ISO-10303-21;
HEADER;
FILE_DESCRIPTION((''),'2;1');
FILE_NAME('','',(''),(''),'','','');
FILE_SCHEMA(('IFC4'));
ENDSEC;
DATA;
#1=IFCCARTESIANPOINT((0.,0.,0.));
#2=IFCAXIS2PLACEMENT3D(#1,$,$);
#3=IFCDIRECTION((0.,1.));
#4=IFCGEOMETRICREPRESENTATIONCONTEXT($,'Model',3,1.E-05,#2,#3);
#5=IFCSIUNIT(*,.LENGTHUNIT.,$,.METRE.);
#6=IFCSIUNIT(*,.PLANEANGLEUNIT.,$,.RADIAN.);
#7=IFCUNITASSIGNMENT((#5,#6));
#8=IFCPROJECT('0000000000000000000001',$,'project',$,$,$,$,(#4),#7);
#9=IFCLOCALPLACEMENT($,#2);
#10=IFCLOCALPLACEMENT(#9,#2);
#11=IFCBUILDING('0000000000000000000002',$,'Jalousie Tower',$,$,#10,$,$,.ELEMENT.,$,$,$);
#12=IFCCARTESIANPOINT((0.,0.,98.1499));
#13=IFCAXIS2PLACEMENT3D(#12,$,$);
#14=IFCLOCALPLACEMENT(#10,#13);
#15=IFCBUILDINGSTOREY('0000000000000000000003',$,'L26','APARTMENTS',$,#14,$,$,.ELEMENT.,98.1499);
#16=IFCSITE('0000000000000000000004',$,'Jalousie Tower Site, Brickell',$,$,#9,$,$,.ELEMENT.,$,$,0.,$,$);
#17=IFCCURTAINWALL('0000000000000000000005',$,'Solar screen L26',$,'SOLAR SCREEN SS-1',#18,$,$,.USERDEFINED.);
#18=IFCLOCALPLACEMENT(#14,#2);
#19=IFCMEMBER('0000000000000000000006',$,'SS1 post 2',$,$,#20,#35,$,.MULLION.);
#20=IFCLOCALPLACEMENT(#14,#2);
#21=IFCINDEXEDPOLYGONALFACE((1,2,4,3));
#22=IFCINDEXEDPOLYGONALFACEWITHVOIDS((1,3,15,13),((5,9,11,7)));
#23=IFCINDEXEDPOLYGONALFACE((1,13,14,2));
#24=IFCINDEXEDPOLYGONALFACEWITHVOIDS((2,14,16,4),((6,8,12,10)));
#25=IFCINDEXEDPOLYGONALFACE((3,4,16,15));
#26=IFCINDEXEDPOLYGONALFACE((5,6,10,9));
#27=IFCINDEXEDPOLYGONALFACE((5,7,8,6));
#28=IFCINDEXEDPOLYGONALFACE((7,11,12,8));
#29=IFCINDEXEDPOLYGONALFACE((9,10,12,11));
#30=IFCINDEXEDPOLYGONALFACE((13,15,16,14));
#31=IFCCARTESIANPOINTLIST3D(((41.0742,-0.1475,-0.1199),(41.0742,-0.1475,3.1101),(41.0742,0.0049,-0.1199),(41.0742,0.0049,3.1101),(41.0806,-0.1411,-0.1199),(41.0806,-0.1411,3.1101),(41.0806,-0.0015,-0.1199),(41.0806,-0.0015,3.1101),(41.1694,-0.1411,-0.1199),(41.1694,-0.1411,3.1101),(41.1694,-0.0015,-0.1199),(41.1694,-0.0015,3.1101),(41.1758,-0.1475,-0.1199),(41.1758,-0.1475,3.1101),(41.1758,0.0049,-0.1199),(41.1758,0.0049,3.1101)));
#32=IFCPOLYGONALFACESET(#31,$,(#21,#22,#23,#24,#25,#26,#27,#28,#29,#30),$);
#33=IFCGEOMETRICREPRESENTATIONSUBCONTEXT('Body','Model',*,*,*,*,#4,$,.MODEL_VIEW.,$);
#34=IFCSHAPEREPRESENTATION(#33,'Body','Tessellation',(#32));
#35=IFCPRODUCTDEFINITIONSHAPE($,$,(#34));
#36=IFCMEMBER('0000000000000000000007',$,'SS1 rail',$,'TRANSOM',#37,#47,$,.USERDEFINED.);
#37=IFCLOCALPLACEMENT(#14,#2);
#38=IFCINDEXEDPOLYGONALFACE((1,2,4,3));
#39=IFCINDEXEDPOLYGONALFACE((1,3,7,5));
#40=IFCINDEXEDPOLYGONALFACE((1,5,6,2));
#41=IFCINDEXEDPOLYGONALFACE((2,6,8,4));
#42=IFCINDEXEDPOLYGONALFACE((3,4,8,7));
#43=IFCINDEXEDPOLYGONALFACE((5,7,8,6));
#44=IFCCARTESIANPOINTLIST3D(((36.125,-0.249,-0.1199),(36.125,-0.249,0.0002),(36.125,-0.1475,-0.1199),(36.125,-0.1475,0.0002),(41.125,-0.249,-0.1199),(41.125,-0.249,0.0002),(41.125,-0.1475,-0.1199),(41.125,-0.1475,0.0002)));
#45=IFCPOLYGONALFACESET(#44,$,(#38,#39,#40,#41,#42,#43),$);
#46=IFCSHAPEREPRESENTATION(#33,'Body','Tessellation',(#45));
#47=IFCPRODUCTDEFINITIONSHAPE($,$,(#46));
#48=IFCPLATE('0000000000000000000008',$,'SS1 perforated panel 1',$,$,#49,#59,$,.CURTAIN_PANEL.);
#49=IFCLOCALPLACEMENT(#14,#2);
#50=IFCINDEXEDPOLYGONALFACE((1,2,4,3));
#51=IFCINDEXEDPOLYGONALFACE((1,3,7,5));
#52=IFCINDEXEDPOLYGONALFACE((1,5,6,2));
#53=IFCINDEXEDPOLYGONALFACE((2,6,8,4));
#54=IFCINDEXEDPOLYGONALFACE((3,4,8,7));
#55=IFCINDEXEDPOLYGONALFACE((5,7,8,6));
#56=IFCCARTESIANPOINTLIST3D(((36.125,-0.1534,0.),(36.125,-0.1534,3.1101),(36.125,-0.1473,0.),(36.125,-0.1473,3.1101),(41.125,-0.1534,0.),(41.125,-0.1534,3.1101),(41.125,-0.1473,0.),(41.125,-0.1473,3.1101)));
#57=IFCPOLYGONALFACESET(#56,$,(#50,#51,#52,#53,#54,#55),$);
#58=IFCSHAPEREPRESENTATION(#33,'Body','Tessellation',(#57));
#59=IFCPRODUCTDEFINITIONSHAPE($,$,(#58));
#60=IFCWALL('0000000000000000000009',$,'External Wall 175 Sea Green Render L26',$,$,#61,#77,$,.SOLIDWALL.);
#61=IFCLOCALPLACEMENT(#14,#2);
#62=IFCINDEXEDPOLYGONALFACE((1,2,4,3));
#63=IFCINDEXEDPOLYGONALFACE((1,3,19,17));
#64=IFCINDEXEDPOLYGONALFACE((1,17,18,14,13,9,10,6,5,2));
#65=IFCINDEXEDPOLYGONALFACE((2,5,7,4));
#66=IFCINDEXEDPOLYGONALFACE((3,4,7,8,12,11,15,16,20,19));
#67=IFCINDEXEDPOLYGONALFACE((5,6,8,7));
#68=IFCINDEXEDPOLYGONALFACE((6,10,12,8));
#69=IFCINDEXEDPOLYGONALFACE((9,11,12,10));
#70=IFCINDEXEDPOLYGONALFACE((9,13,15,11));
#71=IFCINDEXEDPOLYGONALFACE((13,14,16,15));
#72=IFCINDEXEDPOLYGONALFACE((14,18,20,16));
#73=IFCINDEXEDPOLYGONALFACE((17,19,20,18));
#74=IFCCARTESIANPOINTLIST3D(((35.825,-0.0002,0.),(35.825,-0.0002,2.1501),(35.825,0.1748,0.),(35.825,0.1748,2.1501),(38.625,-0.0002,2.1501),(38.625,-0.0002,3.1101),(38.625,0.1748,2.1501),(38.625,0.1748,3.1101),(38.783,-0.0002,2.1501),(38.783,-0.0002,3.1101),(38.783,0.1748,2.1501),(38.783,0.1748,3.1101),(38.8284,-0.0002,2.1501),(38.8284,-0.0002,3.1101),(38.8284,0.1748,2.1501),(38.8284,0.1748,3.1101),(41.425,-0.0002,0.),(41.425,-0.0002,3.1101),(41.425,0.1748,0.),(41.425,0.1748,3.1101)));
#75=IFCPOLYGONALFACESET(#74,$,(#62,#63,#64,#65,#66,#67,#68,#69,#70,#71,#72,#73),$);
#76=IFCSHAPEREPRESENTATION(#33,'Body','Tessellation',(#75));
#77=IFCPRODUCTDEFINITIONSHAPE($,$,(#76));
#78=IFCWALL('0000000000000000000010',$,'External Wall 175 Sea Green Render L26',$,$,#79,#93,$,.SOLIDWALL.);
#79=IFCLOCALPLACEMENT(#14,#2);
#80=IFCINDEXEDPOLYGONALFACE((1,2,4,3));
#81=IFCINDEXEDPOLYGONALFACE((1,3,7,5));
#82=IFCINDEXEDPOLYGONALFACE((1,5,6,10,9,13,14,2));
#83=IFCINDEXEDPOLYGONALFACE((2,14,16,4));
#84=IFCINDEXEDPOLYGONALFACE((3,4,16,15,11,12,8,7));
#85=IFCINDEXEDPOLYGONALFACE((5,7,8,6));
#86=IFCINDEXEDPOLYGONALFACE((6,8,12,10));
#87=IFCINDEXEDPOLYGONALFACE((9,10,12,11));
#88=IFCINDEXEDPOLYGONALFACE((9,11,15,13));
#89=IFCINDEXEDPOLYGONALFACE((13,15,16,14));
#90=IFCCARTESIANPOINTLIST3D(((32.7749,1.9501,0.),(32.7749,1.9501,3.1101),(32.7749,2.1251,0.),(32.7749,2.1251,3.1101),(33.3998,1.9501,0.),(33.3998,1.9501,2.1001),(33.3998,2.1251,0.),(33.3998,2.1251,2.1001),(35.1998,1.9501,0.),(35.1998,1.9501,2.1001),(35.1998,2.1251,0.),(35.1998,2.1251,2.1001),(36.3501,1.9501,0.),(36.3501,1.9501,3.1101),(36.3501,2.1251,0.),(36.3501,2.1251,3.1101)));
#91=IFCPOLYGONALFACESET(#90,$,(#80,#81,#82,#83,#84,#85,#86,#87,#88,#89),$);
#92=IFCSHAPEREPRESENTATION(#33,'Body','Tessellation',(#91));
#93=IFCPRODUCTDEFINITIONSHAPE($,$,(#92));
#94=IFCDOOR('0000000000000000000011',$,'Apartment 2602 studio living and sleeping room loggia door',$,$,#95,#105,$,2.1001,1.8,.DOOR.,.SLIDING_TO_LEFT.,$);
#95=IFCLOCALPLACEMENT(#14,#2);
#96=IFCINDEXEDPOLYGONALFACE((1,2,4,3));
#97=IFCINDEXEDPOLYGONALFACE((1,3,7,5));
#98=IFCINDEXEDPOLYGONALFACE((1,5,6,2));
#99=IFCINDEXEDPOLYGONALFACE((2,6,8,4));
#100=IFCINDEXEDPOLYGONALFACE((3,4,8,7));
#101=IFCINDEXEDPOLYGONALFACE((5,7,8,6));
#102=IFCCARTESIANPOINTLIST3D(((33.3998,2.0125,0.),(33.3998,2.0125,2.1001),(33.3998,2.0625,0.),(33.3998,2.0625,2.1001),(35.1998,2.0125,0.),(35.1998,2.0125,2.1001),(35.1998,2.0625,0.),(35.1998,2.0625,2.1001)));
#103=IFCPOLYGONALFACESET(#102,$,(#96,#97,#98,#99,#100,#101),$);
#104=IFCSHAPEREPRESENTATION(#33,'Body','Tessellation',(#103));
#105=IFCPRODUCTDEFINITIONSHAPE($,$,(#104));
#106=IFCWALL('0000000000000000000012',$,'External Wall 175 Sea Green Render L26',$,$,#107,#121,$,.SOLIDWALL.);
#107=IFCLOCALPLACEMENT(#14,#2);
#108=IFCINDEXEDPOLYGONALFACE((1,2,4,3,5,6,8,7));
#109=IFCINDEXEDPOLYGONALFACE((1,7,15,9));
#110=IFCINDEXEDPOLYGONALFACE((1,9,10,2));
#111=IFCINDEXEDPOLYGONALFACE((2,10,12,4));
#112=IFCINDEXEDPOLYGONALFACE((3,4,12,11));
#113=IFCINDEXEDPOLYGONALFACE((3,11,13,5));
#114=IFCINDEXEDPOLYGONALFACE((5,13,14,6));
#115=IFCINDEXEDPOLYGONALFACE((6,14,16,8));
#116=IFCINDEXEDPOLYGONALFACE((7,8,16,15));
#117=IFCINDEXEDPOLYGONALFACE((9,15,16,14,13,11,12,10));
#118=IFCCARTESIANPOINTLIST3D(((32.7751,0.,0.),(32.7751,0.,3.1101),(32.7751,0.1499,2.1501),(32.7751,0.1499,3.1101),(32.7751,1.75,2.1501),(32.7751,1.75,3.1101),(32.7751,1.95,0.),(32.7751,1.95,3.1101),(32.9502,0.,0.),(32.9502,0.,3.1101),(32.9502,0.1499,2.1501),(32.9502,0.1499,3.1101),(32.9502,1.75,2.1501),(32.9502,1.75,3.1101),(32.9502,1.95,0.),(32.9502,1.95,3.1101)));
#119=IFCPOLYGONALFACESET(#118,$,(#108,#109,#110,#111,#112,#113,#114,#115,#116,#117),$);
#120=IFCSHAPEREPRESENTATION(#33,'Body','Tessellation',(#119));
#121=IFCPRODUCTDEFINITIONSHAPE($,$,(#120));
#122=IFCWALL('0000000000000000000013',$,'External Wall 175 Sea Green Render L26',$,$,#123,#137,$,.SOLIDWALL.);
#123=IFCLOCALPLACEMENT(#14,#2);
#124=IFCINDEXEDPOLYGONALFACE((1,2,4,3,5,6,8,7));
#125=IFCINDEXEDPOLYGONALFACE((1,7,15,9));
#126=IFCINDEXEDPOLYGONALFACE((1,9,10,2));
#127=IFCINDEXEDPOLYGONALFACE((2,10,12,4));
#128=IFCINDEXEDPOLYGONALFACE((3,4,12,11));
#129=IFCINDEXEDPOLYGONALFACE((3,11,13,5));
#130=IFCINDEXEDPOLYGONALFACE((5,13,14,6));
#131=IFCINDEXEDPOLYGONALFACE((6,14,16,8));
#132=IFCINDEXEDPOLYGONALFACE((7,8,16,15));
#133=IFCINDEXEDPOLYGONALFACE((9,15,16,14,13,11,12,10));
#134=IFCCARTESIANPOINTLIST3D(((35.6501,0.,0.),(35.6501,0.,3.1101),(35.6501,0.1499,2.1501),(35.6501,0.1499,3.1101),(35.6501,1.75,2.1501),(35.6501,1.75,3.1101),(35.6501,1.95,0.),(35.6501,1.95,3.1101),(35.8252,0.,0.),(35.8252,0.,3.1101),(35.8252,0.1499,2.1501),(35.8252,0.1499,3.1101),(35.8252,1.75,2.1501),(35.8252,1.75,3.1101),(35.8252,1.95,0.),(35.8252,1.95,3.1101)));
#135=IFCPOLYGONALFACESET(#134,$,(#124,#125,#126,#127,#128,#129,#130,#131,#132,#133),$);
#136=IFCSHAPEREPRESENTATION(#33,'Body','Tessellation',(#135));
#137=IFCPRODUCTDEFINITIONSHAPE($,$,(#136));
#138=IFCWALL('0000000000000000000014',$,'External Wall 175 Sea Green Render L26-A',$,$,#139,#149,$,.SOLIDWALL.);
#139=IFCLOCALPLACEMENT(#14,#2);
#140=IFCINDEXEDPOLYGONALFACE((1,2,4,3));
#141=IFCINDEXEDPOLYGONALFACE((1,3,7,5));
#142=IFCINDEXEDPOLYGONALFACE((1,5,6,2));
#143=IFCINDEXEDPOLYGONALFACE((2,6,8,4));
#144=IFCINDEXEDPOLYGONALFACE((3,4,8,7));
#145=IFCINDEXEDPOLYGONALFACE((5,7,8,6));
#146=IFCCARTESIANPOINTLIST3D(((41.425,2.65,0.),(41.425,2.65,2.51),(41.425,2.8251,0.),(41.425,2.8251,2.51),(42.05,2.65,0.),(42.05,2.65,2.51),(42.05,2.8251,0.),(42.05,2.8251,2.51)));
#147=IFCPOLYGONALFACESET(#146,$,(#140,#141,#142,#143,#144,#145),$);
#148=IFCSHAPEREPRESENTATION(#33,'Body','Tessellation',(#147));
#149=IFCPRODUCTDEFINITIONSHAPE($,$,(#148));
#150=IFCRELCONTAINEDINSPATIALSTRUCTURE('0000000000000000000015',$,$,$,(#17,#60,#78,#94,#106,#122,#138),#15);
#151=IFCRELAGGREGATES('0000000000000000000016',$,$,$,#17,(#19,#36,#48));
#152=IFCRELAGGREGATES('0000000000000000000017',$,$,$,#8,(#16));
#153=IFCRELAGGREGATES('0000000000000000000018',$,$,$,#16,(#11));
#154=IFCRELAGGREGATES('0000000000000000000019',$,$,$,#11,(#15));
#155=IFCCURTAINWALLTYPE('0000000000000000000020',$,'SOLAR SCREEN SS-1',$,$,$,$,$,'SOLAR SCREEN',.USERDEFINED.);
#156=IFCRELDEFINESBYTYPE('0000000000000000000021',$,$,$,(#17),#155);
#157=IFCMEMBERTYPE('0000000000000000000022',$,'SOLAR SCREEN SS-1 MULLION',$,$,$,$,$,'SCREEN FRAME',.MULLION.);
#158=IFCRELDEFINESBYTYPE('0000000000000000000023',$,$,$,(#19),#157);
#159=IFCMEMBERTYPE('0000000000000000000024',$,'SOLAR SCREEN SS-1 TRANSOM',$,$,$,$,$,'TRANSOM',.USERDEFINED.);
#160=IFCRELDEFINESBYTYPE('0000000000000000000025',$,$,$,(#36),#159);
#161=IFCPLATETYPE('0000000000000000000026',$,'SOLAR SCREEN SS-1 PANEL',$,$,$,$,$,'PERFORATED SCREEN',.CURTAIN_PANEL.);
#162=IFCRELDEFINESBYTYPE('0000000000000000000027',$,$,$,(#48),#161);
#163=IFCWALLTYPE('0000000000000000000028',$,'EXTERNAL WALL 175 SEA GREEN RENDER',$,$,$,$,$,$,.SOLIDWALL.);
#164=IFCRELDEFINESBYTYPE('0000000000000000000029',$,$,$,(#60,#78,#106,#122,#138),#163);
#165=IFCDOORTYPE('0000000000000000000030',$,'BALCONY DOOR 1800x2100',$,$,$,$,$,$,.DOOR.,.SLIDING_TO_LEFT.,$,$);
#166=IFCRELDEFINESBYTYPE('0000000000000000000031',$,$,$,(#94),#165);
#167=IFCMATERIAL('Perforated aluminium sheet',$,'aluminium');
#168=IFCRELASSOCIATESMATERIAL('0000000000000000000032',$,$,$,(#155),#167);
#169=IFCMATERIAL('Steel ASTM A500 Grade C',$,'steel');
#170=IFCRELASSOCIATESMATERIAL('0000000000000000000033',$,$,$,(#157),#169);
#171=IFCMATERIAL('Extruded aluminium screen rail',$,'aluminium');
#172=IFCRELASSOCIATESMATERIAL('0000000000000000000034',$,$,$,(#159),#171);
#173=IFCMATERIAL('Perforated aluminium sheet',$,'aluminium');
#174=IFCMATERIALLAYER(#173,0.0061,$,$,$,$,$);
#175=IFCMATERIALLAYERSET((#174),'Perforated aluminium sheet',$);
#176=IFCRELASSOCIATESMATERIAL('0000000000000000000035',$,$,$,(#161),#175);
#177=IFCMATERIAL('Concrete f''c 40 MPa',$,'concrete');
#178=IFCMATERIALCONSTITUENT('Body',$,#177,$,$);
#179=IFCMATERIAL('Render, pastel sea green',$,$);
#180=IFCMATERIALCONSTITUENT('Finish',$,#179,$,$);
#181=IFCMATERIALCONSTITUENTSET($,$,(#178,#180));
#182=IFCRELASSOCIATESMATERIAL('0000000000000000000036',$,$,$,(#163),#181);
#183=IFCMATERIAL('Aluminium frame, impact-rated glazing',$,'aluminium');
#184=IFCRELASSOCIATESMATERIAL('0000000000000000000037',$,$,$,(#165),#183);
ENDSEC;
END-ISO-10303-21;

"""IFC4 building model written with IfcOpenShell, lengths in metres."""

from ifc_helpers import new_model, si_unit, direction, frame, frame_2d, origin, origin_2d, place, context, subcontext, project, spatial, polyline, rectangle, hollow_rectangle, outline, extrude, material, layer, layer_set, constituent, constituent_set, material_profile, profile_set, type_object, element, fill, aggregate, save


model = new_model("IFC4")

# Units and contexts
model_context = context("Model", 3, precision=1e-05, world=origin(), true_north=direction((0.0, 1.0)))
body_context = subcontext(model_context, "Body", "Model", "MODEL_VIEW")
ifc_project = project(units=[si_unit("LENGTHUNIT", "METRE"), si_unit("PLANEANGLEUNIT", "RADIAN")], contexts=[model_context])

# Site, building, storey
site_placement = place(None, origin())
site = spatial("IfcSite", under=ifc_project, at=site_placement, Name="Jalousie Tower Site, Brickell", CompositionType="ELEMENT", RefElevation=0.0)
building_placement = place(site_placement, origin())
building = spatial("IfcBuilding", under=site, at=building_placement, Name="Jalousie Tower", CompositionType="ELEMENT")
storey_placement = place(building_placement, frame((0.0, 0.0, 98.1499)))
storey = spatial("IfcBuildingStorey", under=building, at=storey_placement, Name="L26", Description="APARTMENTS", CompositionType="ELEMENT", Elevation=98.1499)

# Shared definitions
ifc_material_1 = material(Name="Perforated aluminium sheet", Category="aluminium")
curtain_wall_type = type_object("IfcCurtainWallType", Name="SOLAR SCREEN SS-1", ElementType="SOLAR SCREEN", PredefinedType="USERDEFINED", material=ifc_material_1)
ifc_material_2 = material(Name="Steel ASTM A500 Grade C", Category="steel")
ifc_material_profile_1 = material_profile(ifc_material_2, hollow_rectangle(XDim=0.1016, YDim=0.1523, WallThickness=0.0063, at=origin_2d()), Name="HSS6X4X1/4")
ifc_profile_set_1 = profile_set([ifc_material_profile_1], Name="Steel ASTM A500 Grade C")
member_type_1 = type_object("IfcMemberType", Name="SOLAR SCREEN SS-1 MULLION", ElementType="SCREEN FRAME", PredefinedType="MULLION", material=ifc_profile_set_1)

# Curtain wall, members, plate
curtain_wall_1_placement = place(storey_placement, origin())
curtain_wall_1 = element("IfcCurtainWall", 1, at=curtain_wall_1_placement, inside=storey, type_object=curtain_wall_type, Name="Solar screen L26", ObjectType="SOLAR SCREEN SS-1", PredefinedType="USERDEFINED")
member_1_placement = place(storey_placement, frame((41.125, -0.0713, -0.1199), z_axis=(0.0, 0.0, 1.0), x_axis=(1.0, 0.0, 0.0)))
member_1 = element("IfcMember", 2, at=member_1_placement, type_object=member_type_1, Name="SS1 post 2", PredefinedType="MULLION", context=body_context, shape_type="SweptSolid", body=[
    extrude(hollow_rectangle(XDim=0.1016, YDim=0.1523, WallThickness=0.0063, at=origin_2d()), origin(), (0.0, 0.0, 1.0), 3.23),
])
ifc_material_3 = material(Name="Extruded aluminium screen rail", Category="aluminium")
ifc_material_profile_2 = material_profile(ifc_material_3, rectangle(XDim=0.1016, YDim=0.1201, at=origin_2d()), Name="RAIL 102x120")
ifc_profile_set_2 = profile_set([ifc_material_profile_2], Name="Extruded aluminium screen rail")
member_type_2 = type_object("IfcMemberType", Name="SOLAR SCREEN SS-1 TRANSOM", ElementType="TRANSOM", PredefinedType="USERDEFINED", material=ifc_profile_set_2)
member_2_placement = place(storey_placement, frame((36.125, -0.1982, -0.0598), z_axis=(1.0, 0.0, 0.0), x_axis=(0.0, 1.0, 0.0)))
member_2 = element("IfcMember", 3, at=member_2_placement, type_object=member_type_2, Name="SS1 rail", ObjectType="TRANSOM", PredefinedType="USERDEFINED", context=body_context, shape_type="SweptSolid", body=[
    extrude(rectangle(XDim=0.1016, YDim=0.1201, at=origin_2d()), origin(), (0.0, 0.0, 1.0), 5.0),
])
ifc_material_4 = material(Name="Perforated aluminium sheet", Category="aluminium")
ifc_layer_1 = layer(ifc_material_4, 0.0061)
ifc_layer_set_1 = layer_set([ifc_layer_1], Name="Perforated aluminium sheet")
plate_type = type_object("IfcPlateType", Name="SOLAR SCREEN SS-1 PANEL", ElementType="PERFORATED SCREEN", PredefinedType="CURTAIN_PANEL", material=ifc_layer_set_1)
plate_placement = place(storey_placement, frame((38.625, -0.1504, 0.0), z_axis=(0.0, 0.0, 1.0), x_axis=(1.0, 0.0, 0.0)))
plate = element("IfcPlate", 4, at=plate_placement, type_object=plate_type, Name="SS1 perforated panel 1", PredefinedType="CURTAIN_PANEL", context=body_context, shape_type="SweptSolid", body=[
    extrude(rectangle(XDim=5.0, YDim=0.0061, at=origin_2d()), origin(), (0.0, 0.0, 1.0), 3.1101),
])
aggregate(curtain_wall_1, [member_1, member_2, plate])

# Wall
ifc_material_5 = material(Name="Concrete f'c 40 MPa", Category="concrete")
ifc_constituent_1 = constituent(ifc_material_5, Name="Body")
ifc_material_6 = material(Name="Render, pastel sea green")
ifc_constituent_2 = constituent(ifc_material_6, Name="Finish")
ifc_constituent_set_1 = constituent_set(constituents=[ifc_constituent_1, ifc_constituent_2])
wall_type_1 = type_object("IfcWallType", Name="EXTERNAL WALL 175 SEA GREEN RENDER", PredefinedType="SOLIDWALL", material=ifc_constituent_set_1)
wall_1_placement = place(storey_placement, frame((35.825, 0.0874, 0.0), z_axis=(0.0, 0.0, 1.0), x_axis=(1.0, 0.0, 0.0)))
element("IfcWall", 5, at=wall_1_placement, inside=storey, type_object=wall_type_1, Name="External Wall 175 Sea Green Render L26", PredefinedType="SOLIDWALL", context=body_context, shape_type="SweptSolid", body=[
    extrude(outline(polyline([(0.0, 0.0), (5.6001, 0.0), (5.6001, 3.1101), (3.0034, 3.1101), (3.0034, 2.1501), (2.958, 2.1501), (2.958, 3.1101), (2.8, 3.1101), (2.8, 2.1501), (0.0, 2.1501), (0.0, 0.0)])), frame((0.0, 0.0874, 0.0), z_axis=(0.0, -1.0, 0.0), x_axis=(1.0, 0.0, 0.0)), (0.0, 0.0, 1.0), 0.175),
])

# Wall, opening, door
wall_2_placement = place(storey_placement, frame((32.7749, 2.0376, 0.0), z_axis=(0.0, 0.0, 1.0), x_axis=(1.0, 0.0, 0.0)))
wall_2 = element("IfcWall", 6, at=wall_2_placement, inside=storey, type_object=wall_type_1, Name="External Wall 175 Sea Green Render L26", PredefinedType="SOLIDWALL", context=body_context, shape_type="SweptSolid", body=[
    extrude(rectangle(XDim=3.5752, YDim=0.175, at=frame_2d((1.7876, 0.0))), origin(), (0.0, 0.0, 1.0), 3.1101),
])
opening_1_placement = place(wall_2_placement, frame((0.625, 0.0, 0.0)))
opening_1 = element("IfcOpeningElement", 7, at=opening_1_placement, cuts=wall_2, PredefinedType="OPENING", context=body_context, shape_type="SweptSolid", body=[
    extrude(rectangle(XDim=1.8, YDim=2.1001, at=frame_2d((0.8999, 1.05))), frame((0.0, 0.0974, 0.0), z_axis=(0.0, -1.0, 0.0), x_axis=(1.0, 0.0, 0.0)), (0.0, 0.0, 1.0), 0.1951),
])
ifc_material_7 = material(Name="Aluminium frame, impact-rated glazing", Category="aluminium")
door_type_1 = type_object("IfcDoorType", Name="BALCONY DOOR 1800x2100", OperationType="SLIDING_TO_LEFT", PredefinedType="DOOR", material=ifc_material_7)
door_1_placement = place(opening_1_placement, origin())
door_1 = element("IfcDoor", 8, at=door_1_placement, inside=storey, type_object=door_type_1, Name="Apartment 2602 studio living and sleeping room loggia door", OperationType="SLIDING_TO_LEFT", OverallHeight=2.1001, OverallWidth=1.8, PredefinedType="DOOR", context=body_context, shape_type="SweptSolid", body=[
    extrude(rectangle(XDim=1.8, YDim=2.1001, at=frame_2d((0.8999, 1.05))), frame((0.0, 0.0249, 0.0), z_axis=(0.0, -1.0, 0.0), x_axis=(1.0, 0.0, 0.0)), (0.0, 0.0, 1.0), 0.05),
])
fill(opening_1, door_1)

# Walls
for number, where, z_axis, x_axis, name in (
    (9, (32.8625, 0.0, 0.0), (0.0, 0.0, 1.0), (0.0, 1.0, 0.0), "External Wall 175 Sea Green Render L26"),
    (10, (35.7375, 0.0, 0.0), (0.0, 0.0, 1.0), (0.0, 1.0, 0.0), "External Wall 175 Sea Green Render L26"),
):
    element("IfcWall", number, at=place(storey_placement, frame(where, z_axis=z_axis, x_axis=x_axis)), inside=storey, type_object=wall_type_1, Name=name, PredefinedType="SOLIDWALL", context=body_context, shape_type="SweptSolid", body=[
        extrude(outline(polyline([(0.0, 0.0), (1.95, 0.0), (1.95, 3.1101), (1.75, 3.1101), (1.75, 2.1501), (0.1499, 2.1501), (0.1499, 3.1101), (0.0, 3.1101), (0.0, 0.0)])), frame((0.0, 0.0874, 0.0), z_axis=(0.0, -1.0, 0.0), x_axis=(1.0, 0.0, 0.0)), (0.0, 0.0, 1.0), 0.175),
    ])
wall_3_placement = place(storey_placement, frame((41.425, 2.7375, 0.0), z_axis=(0.0, 0.0, 1.0), x_axis=(1.0, 0.0, 0.0)))
element("IfcWall", 11, at=wall_3_placement, inside=storey, type_object=wall_type_1, Name="External Wall 175 Sea Green Render L26-A", PredefinedType="SOLIDWALL", context=body_context, shape_type="SweptSolid", body=[
    extrude(rectangle(XDim=0.625, YDim=0.175, at=frame_2d((0.3125, 0.0))), origin(), (0.0, 0.0, 1.0), 2.51),
])

save(model, "model.ifc")
